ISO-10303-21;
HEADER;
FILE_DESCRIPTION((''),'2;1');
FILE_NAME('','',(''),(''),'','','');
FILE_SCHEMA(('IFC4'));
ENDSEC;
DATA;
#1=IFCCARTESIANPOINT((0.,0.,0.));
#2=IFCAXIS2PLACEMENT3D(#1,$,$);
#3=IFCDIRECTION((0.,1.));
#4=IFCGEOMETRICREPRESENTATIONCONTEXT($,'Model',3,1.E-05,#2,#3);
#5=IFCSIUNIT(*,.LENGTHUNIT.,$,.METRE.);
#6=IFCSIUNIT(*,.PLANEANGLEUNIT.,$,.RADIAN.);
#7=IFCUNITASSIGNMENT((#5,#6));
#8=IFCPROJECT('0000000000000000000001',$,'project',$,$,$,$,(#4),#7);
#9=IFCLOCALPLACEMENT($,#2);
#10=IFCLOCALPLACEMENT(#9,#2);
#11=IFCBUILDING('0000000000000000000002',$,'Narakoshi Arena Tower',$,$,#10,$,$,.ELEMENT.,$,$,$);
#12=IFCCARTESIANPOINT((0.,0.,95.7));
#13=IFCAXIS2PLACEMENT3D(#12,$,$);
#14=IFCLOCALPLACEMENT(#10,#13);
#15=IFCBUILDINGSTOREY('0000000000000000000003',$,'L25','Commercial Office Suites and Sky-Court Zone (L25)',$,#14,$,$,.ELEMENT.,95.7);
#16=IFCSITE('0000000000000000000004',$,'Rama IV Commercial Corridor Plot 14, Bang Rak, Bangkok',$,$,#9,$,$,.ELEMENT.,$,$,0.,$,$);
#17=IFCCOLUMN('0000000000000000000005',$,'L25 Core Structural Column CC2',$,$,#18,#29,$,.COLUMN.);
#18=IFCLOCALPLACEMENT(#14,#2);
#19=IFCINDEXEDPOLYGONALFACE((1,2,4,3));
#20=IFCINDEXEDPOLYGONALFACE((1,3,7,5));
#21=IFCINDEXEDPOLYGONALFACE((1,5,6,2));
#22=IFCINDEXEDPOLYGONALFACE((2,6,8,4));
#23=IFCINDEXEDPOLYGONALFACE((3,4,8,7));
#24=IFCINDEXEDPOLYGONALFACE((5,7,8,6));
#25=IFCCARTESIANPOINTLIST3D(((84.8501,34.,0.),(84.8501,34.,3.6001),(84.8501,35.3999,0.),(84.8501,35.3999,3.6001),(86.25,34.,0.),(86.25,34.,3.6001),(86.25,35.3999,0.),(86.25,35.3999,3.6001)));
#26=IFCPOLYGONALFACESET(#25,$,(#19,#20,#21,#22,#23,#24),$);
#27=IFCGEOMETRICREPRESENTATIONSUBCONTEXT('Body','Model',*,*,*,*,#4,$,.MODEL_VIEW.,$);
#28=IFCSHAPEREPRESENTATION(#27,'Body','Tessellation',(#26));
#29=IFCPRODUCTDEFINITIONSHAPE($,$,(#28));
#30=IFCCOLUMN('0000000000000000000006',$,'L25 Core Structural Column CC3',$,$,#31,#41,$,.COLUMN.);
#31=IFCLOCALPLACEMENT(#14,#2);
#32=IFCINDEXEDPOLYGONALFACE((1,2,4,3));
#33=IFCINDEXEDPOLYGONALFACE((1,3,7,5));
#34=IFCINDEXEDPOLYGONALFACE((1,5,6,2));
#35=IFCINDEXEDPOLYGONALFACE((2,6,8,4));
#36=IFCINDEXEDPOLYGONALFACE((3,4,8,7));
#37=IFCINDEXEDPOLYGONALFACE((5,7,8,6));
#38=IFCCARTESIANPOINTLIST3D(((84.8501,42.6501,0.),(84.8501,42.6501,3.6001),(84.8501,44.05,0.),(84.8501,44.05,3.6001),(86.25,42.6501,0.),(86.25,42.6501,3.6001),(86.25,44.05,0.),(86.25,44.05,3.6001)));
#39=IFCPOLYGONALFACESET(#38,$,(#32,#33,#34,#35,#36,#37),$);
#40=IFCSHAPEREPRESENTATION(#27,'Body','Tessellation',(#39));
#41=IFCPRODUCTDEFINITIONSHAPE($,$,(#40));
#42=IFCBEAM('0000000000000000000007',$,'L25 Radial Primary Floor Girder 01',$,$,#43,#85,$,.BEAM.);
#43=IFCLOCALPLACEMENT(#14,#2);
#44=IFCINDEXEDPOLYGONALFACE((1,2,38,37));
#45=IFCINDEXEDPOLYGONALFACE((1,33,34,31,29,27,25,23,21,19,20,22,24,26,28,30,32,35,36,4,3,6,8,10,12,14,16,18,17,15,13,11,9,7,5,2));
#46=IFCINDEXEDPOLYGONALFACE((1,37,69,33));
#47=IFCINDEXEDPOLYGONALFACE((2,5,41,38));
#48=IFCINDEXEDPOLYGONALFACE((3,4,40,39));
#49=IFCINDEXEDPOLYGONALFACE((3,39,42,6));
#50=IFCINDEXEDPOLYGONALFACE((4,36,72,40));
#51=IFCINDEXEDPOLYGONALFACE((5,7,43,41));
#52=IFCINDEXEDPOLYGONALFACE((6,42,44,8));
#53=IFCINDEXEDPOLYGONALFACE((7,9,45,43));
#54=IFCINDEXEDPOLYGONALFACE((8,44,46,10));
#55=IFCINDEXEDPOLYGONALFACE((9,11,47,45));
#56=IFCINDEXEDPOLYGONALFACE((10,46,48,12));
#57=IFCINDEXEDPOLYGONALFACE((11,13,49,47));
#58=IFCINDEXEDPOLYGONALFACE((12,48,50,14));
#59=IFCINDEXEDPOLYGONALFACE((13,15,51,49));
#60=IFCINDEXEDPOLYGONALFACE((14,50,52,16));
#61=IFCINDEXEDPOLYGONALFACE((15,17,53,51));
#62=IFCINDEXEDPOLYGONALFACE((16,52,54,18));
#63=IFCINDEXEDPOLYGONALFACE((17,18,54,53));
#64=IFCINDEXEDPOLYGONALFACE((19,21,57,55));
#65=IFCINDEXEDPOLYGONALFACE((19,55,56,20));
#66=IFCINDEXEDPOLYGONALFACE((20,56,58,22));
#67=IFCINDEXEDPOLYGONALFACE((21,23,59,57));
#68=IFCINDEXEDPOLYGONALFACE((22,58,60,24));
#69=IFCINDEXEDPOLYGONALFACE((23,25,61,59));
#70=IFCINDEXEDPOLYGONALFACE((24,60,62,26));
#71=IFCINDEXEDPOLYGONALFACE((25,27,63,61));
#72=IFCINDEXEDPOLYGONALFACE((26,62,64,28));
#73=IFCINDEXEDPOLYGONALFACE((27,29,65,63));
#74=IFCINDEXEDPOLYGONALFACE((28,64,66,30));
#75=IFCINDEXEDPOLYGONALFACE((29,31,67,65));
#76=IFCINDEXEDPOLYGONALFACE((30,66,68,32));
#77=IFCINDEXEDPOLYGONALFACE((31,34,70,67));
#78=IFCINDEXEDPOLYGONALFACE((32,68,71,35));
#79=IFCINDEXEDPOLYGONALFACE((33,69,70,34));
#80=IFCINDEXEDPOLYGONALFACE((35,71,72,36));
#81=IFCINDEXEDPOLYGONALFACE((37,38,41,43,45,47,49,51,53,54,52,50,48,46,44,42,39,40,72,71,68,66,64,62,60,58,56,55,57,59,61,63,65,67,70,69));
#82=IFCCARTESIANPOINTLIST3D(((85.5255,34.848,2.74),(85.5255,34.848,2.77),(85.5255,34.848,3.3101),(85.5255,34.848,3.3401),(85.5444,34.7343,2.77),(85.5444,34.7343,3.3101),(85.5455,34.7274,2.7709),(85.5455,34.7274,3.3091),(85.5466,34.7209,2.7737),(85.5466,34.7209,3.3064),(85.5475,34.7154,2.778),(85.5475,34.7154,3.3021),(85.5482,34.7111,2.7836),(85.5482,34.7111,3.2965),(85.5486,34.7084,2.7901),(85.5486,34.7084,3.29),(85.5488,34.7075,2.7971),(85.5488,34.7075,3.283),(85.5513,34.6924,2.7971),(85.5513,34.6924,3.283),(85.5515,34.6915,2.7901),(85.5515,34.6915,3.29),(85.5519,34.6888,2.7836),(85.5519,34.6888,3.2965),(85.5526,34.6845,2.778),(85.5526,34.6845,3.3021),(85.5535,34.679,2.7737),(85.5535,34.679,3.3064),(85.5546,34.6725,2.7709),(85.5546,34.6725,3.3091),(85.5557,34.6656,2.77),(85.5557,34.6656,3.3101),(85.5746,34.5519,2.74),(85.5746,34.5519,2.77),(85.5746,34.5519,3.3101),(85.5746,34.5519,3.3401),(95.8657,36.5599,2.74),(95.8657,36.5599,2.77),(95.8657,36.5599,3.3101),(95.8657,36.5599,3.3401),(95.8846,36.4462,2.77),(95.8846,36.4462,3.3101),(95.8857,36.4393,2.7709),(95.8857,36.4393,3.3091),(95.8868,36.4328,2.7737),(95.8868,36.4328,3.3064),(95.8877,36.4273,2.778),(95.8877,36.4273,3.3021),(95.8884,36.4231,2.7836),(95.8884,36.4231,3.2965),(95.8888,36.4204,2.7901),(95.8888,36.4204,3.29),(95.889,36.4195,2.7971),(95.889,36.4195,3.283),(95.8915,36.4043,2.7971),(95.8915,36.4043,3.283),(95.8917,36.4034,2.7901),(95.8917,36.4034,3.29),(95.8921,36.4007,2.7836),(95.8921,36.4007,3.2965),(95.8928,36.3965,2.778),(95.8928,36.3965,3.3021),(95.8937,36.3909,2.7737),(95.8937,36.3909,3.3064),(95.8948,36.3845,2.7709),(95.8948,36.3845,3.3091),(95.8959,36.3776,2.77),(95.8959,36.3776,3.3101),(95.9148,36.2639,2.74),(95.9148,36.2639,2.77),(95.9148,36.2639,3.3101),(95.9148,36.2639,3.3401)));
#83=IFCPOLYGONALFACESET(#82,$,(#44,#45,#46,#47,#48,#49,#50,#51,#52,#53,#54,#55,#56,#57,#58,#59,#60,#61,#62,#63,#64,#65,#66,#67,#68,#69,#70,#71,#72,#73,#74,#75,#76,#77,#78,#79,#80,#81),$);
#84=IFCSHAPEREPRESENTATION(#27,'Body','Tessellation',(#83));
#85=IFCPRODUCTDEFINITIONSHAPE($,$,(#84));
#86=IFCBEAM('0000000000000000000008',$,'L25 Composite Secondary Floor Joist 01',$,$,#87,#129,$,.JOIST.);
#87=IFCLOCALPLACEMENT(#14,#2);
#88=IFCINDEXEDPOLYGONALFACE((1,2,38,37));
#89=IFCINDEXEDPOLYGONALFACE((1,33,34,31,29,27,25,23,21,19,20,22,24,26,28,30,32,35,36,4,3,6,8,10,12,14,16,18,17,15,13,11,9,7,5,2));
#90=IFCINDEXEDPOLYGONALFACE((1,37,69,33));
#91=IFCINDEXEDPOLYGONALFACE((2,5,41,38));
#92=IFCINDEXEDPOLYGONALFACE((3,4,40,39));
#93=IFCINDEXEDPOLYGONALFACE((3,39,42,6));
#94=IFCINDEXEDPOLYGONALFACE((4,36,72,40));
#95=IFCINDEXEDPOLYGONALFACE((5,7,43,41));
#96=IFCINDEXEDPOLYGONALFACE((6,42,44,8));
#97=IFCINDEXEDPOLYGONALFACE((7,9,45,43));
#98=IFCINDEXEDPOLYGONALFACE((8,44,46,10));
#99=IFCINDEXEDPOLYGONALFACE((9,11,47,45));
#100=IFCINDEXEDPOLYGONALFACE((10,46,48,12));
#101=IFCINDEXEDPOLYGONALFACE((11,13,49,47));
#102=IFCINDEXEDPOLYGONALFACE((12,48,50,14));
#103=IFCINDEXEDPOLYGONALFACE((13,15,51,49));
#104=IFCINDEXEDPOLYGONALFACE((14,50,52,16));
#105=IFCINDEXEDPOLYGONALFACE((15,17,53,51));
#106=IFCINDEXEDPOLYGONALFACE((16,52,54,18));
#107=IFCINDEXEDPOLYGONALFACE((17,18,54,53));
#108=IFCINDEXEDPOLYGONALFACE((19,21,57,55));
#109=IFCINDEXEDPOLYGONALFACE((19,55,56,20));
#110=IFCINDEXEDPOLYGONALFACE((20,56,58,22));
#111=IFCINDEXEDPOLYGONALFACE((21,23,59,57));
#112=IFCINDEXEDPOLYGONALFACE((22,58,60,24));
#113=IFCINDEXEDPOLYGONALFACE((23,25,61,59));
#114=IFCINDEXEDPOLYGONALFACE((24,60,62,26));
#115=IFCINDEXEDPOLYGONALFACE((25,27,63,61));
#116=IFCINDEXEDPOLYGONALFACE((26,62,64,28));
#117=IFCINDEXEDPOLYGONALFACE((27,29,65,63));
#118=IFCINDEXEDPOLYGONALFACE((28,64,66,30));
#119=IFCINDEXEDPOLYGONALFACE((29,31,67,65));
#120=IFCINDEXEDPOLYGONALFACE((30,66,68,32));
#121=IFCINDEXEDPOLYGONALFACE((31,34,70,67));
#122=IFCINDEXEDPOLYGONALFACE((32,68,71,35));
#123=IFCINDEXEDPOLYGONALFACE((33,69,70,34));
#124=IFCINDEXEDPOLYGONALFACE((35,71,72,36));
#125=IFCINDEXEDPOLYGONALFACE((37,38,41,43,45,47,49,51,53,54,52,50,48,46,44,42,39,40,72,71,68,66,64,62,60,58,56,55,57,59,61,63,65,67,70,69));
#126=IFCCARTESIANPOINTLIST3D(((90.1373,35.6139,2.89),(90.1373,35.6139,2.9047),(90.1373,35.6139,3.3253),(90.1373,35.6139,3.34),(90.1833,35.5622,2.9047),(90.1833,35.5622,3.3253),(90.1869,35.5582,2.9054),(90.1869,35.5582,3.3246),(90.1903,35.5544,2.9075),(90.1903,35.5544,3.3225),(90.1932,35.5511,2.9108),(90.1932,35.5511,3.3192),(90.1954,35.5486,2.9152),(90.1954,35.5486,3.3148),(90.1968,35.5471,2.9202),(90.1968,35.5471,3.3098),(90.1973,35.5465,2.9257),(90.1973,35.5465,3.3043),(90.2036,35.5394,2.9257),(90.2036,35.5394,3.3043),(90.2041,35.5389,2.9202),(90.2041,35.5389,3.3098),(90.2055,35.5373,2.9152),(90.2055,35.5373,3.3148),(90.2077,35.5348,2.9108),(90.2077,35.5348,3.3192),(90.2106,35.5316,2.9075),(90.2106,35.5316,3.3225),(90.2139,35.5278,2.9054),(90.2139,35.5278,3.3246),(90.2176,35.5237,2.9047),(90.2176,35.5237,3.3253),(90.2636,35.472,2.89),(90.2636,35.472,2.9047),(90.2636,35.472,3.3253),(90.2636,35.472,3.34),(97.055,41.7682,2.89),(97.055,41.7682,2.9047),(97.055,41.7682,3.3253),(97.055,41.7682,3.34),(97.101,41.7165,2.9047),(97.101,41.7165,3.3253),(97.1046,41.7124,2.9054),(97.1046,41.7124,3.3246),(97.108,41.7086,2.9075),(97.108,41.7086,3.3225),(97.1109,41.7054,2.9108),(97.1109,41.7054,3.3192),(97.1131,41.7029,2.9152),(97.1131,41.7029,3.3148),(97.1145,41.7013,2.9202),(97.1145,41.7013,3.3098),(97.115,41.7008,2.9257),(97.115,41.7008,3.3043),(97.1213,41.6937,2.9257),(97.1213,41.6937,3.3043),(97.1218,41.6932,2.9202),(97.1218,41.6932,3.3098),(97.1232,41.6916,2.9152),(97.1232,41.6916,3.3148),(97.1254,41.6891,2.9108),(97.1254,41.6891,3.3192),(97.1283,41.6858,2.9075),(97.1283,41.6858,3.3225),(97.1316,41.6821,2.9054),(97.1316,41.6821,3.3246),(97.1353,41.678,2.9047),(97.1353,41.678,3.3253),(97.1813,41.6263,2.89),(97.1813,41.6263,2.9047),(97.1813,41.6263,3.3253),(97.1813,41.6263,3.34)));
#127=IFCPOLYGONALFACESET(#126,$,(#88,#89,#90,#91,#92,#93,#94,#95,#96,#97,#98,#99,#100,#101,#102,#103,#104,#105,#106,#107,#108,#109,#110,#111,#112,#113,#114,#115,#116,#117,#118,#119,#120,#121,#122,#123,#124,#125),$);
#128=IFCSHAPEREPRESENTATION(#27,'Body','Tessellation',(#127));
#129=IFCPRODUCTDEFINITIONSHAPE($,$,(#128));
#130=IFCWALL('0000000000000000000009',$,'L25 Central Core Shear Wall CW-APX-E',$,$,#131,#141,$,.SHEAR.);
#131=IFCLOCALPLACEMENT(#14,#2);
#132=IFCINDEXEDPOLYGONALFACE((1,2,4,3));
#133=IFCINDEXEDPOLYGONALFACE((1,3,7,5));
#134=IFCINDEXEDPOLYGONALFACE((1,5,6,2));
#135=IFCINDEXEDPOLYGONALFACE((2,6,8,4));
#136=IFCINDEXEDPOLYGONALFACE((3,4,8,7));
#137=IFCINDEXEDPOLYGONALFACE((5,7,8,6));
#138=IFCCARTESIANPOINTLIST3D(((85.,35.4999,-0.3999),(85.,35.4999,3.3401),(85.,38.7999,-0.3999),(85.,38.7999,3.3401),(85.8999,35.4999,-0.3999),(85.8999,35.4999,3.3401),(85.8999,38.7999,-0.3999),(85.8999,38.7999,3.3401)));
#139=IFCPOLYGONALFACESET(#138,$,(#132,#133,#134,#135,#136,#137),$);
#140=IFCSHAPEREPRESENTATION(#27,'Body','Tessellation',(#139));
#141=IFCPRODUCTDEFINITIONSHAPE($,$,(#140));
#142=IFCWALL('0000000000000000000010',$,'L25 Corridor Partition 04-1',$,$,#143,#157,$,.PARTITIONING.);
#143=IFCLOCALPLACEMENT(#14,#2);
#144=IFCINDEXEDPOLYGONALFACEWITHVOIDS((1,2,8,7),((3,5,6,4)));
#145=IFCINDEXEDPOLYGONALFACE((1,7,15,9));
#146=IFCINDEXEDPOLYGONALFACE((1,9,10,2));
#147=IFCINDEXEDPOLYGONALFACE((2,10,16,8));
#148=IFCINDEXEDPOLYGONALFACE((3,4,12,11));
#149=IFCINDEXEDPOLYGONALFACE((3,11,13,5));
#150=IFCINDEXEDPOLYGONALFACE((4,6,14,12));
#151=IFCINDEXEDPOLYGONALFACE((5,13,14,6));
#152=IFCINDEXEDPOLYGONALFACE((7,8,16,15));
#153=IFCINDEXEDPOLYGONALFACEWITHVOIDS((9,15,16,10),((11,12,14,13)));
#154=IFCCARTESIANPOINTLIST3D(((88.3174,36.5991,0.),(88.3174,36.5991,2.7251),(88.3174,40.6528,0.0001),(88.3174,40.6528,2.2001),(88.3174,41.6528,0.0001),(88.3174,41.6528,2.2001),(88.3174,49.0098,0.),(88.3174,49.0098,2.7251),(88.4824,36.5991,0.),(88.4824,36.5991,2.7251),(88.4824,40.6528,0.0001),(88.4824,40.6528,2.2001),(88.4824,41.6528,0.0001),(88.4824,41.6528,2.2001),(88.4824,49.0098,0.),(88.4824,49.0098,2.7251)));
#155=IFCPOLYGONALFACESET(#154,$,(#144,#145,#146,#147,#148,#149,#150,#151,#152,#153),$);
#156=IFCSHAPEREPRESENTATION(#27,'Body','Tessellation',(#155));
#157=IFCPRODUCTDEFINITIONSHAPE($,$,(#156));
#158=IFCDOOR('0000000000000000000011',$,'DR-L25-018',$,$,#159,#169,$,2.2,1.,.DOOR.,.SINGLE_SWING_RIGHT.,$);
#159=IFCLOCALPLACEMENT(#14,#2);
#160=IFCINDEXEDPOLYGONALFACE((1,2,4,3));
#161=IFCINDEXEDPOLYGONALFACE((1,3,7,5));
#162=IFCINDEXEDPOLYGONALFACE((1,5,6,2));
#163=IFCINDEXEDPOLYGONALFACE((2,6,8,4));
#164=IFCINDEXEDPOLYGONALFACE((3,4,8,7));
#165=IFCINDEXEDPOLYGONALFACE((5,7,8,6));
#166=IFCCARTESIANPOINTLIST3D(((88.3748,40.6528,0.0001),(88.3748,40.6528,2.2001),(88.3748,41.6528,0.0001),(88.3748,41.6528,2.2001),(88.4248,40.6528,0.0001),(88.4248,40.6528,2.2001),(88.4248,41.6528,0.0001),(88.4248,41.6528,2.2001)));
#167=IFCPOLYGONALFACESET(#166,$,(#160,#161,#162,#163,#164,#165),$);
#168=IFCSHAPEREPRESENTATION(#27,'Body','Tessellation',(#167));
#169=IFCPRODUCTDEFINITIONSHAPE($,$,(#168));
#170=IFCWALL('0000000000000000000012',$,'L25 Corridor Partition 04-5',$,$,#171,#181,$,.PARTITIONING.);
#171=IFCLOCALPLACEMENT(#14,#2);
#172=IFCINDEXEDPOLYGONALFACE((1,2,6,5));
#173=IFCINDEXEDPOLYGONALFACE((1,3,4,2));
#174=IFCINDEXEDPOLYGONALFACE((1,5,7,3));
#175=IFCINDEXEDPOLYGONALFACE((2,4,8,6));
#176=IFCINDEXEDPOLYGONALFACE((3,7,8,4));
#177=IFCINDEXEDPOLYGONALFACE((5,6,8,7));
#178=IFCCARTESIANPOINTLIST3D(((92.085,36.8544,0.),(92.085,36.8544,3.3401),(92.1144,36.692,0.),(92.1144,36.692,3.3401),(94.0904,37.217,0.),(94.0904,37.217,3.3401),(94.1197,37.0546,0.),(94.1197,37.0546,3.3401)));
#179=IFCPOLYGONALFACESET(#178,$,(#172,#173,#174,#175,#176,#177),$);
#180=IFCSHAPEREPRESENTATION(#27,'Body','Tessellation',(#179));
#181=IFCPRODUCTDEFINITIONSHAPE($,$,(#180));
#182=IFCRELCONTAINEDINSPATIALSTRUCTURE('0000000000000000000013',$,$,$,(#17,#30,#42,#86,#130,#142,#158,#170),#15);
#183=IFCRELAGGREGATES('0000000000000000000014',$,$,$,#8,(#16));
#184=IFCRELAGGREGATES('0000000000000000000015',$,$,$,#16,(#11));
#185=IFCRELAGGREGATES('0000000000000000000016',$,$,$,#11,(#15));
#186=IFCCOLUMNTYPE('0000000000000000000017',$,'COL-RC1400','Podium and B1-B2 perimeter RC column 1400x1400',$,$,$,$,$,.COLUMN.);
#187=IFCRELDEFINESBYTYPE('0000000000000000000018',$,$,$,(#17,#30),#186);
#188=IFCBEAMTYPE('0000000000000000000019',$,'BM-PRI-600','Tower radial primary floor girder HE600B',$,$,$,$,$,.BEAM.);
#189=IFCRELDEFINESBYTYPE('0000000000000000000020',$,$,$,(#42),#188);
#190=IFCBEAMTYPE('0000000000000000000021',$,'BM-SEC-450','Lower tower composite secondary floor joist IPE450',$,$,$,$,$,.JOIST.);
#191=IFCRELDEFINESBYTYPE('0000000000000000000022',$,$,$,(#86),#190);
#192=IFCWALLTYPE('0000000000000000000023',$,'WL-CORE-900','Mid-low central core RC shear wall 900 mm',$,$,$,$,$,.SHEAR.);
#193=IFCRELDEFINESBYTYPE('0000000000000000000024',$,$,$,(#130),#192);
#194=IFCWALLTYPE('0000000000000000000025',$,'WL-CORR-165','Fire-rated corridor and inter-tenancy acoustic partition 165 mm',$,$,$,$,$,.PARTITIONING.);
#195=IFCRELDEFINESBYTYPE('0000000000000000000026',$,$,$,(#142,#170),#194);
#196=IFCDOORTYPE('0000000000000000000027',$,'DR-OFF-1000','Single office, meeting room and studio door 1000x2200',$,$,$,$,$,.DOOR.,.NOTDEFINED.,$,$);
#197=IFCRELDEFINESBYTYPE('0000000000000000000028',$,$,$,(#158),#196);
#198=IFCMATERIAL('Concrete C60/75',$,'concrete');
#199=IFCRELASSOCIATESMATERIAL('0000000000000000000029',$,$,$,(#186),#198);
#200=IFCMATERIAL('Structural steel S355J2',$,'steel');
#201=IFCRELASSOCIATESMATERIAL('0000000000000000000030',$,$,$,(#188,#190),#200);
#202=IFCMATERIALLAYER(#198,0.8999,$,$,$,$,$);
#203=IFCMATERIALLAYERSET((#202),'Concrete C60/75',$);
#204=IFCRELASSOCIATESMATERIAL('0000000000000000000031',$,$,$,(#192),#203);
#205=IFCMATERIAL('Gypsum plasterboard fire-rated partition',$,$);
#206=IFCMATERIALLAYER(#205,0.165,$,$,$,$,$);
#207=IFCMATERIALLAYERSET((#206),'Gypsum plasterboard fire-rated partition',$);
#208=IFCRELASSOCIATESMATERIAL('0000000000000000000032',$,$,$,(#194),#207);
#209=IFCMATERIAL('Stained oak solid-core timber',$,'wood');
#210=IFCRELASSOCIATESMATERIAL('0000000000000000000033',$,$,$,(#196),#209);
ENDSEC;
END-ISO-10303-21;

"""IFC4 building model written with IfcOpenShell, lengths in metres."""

from ifc_helpers import new_model, si_unit, direction, frame, frame_2d, origin, origin_2d, place, context, subcontext, project, spatial, rectangle, i_section, extrude, material, layer, layer_set, material_profile, profile_set, type_object, element, fill, save


model = new_model("IFC4")

# Units and contexts
model_context = context("Model", 3, precision=1e-05, world=origin(), true_north=direction((0.0, 1.0)))
body_context = subcontext(model_context, "Body", "Model", "MODEL_VIEW")
ifc_project = project(units=[si_unit("LENGTHUNIT", "METRE"), si_unit("PLANEANGLEUNIT", "RADIAN")], contexts=[model_context])

# Site, building, storey
site_placement = place(None, origin())
site = spatial("IfcSite", under=ifc_project, at=site_placement, Name="Rama IV Commercial Corridor Plot 14, Bang Rak, Bangkok", CompositionType="ELEMENT", RefElevation=0.0)
building_placement = place(site_placement, origin())
building = spatial("IfcBuilding", under=site, at=building_placement, Name="Narakoshi Arena Tower", CompositionType="ELEMENT")
storey_placement = place(building_placement, frame((0.0, 0.0, 95.7)))
storey = spatial("IfcBuildingStorey", under=building, at=storey_placement, Name="L25", Description="Commercial Office Suites and Sky-Court Zone (L25)", CompositionType="ELEMENT", Elevation=95.7)

# Columns
ifc_material_1 = material(Name="Concrete C60/75", Category="concrete")
ifc_material_profile_1 = material_profile(ifc_material_1, rectangle(XDim=1.3999, YDim=1.3999, at=origin_2d()), Name="RC1400x1400")
ifc_profile_set_1 = profile_set([ifc_material_profile_1], Name="Concrete C60/75")
column_type = type_object("IfcColumnType", Name="COL-RC1400", Description="Podium and B1-B2 perimeter RC column 1400x1400", PredefinedType="COLUMN", material=ifc_profile_set_1)
for number, where, z_axis, x_axis, name in (
    (1, (85.55, 34.7, 0.0), (0.0, 0.0, 1.0), (1.0, 0.0, 0.0), "L25 Core Structural Column CC2"),
    (2, (85.55, 43.3501, 0.0), (0.0, 0.0, 1.0), (1.0, 0.0, 0.0), "L25 Core Structural Column CC3"),
):
    element("IfcColumn", number, at=place(storey_placement, frame(where, z_axis=z_axis, x_axis=x_axis)), inside=storey, type_object=column_type, Name=name, PredefinedType="COLUMN", context=body_context, shape_type="SweptSolid", body=[
        extrude(rectangle(XDim=1.3999, YDim=1.3999, at=origin_2d()), origin(), (0.0, 0.0, 1.0), 3.6001),
    ])

# Beams
ifc_material_2 = material(Name="Structural steel S355J2", Category="steel")
ifc_material_profile_2 = material_profile(ifc_material_2, i_section(OverallWidth=0.3, OverallDepth=0.6001, WebThickness=0.0154, FlangeThickness=0.03, FilletRadius=0.0271, at=origin_2d()), Name="HE600B")
ifc_profile_set_2 = profile_set([ifc_material_profile_2], Name="Structural steel S355J2")
beam_type_1 = type_object("IfcBeamType", Name="BM-PRI-600", Description="Tower radial primary floor girder HE600B", PredefinedType="BEAM", material=ifc_profile_set_2)
beam_1_placement = place(storey_placement, frame((85.55, 34.7, 3.04), z_axis=(0.98657, 0.163337, 0.0), x_axis=(-0.163337, 0.98657, 0.0)))
element("IfcBeam", 3, at=beam_1_placement, inside=storey, type_object=beam_type_1, Name="L25 Radial Primary Floor Girder 01", PredefinedType="BEAM", context=body_context, shape_type="SweptSolid", body=[
    extrude(i_section(OverallWidth=0.3, OverallDepth=0.6001, WebThickness=0.0154, FlangeThickness=0.03, FilletRadius=0.0271, at=origin_2d()), origin(), (0.0, 0.0, 1.0), 10.481),
])
ifc_material_profile_3 = material_profile(ifc_material_2, i_section(OverallWidth=0.1899, OverallDepth=0.45, WebThickness=0.0095, FlangeThickness=0.0146, FilletRadius=0.021, at=origin_2d()), Name="IPE450")
ifc_profile_set_3 = profile_set([ifc_material_profile_3], Name="Structural steel S355J2")
beam_type_2 = type_object("IfcBeamType", Name="BM-SEC-450", Description="Lower tower composite secondary floor joist IPE450", PredefinedType="JOIST", material=ifc_profile_set_3)
beam_2_placement = place(storey_placement, frame((90.2004, 35.543, 3.115), z_axis=(0.74713, 0.664678, 0.0), x_axis=(-0.664678, 0.74713, 0.0)))
element("IfcBeam", 4, at=beam_2_placement, inside=storey, type_object=beam_type_2, Name="L25 Composite Secondary Floor Joist 01", PredefinedType="JOIST", context=body_context, shape_type="SweptSolid", body=[
    extrude(i_section(OverallWidth=0.1899, OverallDepth=0.45, WebThickness=0.0095, FlangeThickness=0.0146, FilletRadius=0.021, at=origin_2d()), origin(), (0.0, 0.0, 1.0), 9.259),
])

# Wall
ifc_layer_1 = layer(ifc_material_1, 0.8999)
ifc_layer_set_1 = layer_set([ifc_layer_1], Name="Concrete C60/75")
wall_type_1 = type_object("IfcWallType", Name="WL-CORE-900", Description="Mid-low central core RC shear wall 900 mm", PredefinedType="SHEAR", material=ifc_layer_set_1)
wall_1_placement = place(storey_placement, frame((85.45, 35.5, -0.3999), z_axis=(0.0, 0.0, 1.0), x_axis=(0.0, 1.0, 0.0)))
element("IfcWall", 5, at=wall_1_placement, inside=storey, type_object=wall_type_1, Name="L25 Central Core Shear Wall CW-APX-E", PredefinedType="SHEAR", context=body_context, shape_type="SweptSolid", body=[
    extrude(rectangle(XDim=3.3, YDim=0.8999, at=frame_2d((1.6499, 0.0))), origin(), (0.0, 0.0, 1.0), 3.74),
])

# Wall, opening, door
ifc_material_3 = material(Name="Gypsum plasterboard fire-rated partition")
ifc_layer_2 = layer(ifc_material_3, 0.165)
ifc_layer_set_2 = layer_set([ifc_layer_2], Name="Gypsum plasterboard fire-rated partition")
wall_type_2 = type_object("IfcWallType", Name="WL-CORR-165", Description="Fire-rated corridor and inter-tenancy acoustic partition 165 mm", PredefinedType="PARTITIONING", material=ifc_layer_set_2)
wall_2_placement = place(storey_placement, frame((88.3999, 36.5991, 0.0), z_axis=(0.0, 0.0, 1.0), x_axis=(0.0, 1.0, 0.0)))
wall_2 = element("IfcWall", 6, at=wall_2_placement, inside=storey, type_object=wall_type_2, Name="L25 Corridor Partition 04-1", PredefinedType="PARTITIONING", context=body_context, shape_type="SweptSolid", body=[
    extrude(rectangle(XDim=12.4106, YDim=0.165, at=frame_2d((6.2053, 0.0))), origin(), (0.0, 0.0, 1.0), 2.7251),
])
opening_1_placement = place(wall_2_placement, frame((4.0537, 0.0, 0.0)))
opening_1 = element("IfcOpeningElement", 7, at=opening_1_placement, cuts=wall_2, PredefinedType="OPENING", context=body_context, shape_type="SweptSolid", body=[
    extrude(rectangle(XDim=1.0, YDim=2.2, at=frame_2d((0.5, 1.1001))), frame((0.0, 0.0925, 0.0), z_axis=(0.0, -1.0, 0.0), x_axis=(1.0, 0.0, 0.0)), (0.0, 0.0, 1.0), 0.1851),
])
ifc_material_4 = material(Name="Stained oak solid-core timber", Category="wood")
door_type_1 = type_object("IfcDoorType", Name="DR-OFF-1000", Description="Single office, meeting room and studio door 1000x2200", OperationType="NOTDEFINED", PredefinedType="DOOR", material=ifc_material_4)
door_1_placement = place(opening_1_placement, frame((1.0, 0.0, 0.0), z_axis=(0.0, 0.0, 1.0), x_axis=(-1.0, 0.0, 0.0)))
door_1 = element("IfcDoor", 8, at=door_1_placement, inside=storey, type_object=door_type_1, Name="DR-L25-018", OperationType="SINGLE_SWING_RIGHT", OverallHeight=2.2, OverallWidth=1.0, PredefinedType="DOOR", context=body_context, shape_type="SweptSolid", body=[
    extrude(rectangle(XDim=1.0, YDim=2.2, at=frame_2d((0.5, 1.1001))), frame((0.0, 0.0249, 0.0), z_axis=(0.0, -1.0, 0.0), x_axis=(1.0, 0.0, 0.0)), (0.0, 0.0, 1.0), 0.05),
])
fill(opening_1, door_1)

# Wall
wall_3_placement = place(storey_placement, frame((92.0996, 36.7732, 0.0), z_axis=(0.0, 0.0, 1.0), x_axis=(0.984048, 0.177905, 0.0)))
element("IfcWall", 9, at=wall_3_placement, inside=storey, type_object=wall_type_2, Name="L25 Corridor Partition 04-5", PredefinedType="PARTITIONING", context=body_context, shape_type="SweptSolid", body=[
    extrude(rectangle(XDim=2.0378, YDim=0.165, at=frame_2d((1.019, 0.0))), origin(), (0.0, 0.0, 1.0), 3.3401),
])

save(model, "model.ifc")
